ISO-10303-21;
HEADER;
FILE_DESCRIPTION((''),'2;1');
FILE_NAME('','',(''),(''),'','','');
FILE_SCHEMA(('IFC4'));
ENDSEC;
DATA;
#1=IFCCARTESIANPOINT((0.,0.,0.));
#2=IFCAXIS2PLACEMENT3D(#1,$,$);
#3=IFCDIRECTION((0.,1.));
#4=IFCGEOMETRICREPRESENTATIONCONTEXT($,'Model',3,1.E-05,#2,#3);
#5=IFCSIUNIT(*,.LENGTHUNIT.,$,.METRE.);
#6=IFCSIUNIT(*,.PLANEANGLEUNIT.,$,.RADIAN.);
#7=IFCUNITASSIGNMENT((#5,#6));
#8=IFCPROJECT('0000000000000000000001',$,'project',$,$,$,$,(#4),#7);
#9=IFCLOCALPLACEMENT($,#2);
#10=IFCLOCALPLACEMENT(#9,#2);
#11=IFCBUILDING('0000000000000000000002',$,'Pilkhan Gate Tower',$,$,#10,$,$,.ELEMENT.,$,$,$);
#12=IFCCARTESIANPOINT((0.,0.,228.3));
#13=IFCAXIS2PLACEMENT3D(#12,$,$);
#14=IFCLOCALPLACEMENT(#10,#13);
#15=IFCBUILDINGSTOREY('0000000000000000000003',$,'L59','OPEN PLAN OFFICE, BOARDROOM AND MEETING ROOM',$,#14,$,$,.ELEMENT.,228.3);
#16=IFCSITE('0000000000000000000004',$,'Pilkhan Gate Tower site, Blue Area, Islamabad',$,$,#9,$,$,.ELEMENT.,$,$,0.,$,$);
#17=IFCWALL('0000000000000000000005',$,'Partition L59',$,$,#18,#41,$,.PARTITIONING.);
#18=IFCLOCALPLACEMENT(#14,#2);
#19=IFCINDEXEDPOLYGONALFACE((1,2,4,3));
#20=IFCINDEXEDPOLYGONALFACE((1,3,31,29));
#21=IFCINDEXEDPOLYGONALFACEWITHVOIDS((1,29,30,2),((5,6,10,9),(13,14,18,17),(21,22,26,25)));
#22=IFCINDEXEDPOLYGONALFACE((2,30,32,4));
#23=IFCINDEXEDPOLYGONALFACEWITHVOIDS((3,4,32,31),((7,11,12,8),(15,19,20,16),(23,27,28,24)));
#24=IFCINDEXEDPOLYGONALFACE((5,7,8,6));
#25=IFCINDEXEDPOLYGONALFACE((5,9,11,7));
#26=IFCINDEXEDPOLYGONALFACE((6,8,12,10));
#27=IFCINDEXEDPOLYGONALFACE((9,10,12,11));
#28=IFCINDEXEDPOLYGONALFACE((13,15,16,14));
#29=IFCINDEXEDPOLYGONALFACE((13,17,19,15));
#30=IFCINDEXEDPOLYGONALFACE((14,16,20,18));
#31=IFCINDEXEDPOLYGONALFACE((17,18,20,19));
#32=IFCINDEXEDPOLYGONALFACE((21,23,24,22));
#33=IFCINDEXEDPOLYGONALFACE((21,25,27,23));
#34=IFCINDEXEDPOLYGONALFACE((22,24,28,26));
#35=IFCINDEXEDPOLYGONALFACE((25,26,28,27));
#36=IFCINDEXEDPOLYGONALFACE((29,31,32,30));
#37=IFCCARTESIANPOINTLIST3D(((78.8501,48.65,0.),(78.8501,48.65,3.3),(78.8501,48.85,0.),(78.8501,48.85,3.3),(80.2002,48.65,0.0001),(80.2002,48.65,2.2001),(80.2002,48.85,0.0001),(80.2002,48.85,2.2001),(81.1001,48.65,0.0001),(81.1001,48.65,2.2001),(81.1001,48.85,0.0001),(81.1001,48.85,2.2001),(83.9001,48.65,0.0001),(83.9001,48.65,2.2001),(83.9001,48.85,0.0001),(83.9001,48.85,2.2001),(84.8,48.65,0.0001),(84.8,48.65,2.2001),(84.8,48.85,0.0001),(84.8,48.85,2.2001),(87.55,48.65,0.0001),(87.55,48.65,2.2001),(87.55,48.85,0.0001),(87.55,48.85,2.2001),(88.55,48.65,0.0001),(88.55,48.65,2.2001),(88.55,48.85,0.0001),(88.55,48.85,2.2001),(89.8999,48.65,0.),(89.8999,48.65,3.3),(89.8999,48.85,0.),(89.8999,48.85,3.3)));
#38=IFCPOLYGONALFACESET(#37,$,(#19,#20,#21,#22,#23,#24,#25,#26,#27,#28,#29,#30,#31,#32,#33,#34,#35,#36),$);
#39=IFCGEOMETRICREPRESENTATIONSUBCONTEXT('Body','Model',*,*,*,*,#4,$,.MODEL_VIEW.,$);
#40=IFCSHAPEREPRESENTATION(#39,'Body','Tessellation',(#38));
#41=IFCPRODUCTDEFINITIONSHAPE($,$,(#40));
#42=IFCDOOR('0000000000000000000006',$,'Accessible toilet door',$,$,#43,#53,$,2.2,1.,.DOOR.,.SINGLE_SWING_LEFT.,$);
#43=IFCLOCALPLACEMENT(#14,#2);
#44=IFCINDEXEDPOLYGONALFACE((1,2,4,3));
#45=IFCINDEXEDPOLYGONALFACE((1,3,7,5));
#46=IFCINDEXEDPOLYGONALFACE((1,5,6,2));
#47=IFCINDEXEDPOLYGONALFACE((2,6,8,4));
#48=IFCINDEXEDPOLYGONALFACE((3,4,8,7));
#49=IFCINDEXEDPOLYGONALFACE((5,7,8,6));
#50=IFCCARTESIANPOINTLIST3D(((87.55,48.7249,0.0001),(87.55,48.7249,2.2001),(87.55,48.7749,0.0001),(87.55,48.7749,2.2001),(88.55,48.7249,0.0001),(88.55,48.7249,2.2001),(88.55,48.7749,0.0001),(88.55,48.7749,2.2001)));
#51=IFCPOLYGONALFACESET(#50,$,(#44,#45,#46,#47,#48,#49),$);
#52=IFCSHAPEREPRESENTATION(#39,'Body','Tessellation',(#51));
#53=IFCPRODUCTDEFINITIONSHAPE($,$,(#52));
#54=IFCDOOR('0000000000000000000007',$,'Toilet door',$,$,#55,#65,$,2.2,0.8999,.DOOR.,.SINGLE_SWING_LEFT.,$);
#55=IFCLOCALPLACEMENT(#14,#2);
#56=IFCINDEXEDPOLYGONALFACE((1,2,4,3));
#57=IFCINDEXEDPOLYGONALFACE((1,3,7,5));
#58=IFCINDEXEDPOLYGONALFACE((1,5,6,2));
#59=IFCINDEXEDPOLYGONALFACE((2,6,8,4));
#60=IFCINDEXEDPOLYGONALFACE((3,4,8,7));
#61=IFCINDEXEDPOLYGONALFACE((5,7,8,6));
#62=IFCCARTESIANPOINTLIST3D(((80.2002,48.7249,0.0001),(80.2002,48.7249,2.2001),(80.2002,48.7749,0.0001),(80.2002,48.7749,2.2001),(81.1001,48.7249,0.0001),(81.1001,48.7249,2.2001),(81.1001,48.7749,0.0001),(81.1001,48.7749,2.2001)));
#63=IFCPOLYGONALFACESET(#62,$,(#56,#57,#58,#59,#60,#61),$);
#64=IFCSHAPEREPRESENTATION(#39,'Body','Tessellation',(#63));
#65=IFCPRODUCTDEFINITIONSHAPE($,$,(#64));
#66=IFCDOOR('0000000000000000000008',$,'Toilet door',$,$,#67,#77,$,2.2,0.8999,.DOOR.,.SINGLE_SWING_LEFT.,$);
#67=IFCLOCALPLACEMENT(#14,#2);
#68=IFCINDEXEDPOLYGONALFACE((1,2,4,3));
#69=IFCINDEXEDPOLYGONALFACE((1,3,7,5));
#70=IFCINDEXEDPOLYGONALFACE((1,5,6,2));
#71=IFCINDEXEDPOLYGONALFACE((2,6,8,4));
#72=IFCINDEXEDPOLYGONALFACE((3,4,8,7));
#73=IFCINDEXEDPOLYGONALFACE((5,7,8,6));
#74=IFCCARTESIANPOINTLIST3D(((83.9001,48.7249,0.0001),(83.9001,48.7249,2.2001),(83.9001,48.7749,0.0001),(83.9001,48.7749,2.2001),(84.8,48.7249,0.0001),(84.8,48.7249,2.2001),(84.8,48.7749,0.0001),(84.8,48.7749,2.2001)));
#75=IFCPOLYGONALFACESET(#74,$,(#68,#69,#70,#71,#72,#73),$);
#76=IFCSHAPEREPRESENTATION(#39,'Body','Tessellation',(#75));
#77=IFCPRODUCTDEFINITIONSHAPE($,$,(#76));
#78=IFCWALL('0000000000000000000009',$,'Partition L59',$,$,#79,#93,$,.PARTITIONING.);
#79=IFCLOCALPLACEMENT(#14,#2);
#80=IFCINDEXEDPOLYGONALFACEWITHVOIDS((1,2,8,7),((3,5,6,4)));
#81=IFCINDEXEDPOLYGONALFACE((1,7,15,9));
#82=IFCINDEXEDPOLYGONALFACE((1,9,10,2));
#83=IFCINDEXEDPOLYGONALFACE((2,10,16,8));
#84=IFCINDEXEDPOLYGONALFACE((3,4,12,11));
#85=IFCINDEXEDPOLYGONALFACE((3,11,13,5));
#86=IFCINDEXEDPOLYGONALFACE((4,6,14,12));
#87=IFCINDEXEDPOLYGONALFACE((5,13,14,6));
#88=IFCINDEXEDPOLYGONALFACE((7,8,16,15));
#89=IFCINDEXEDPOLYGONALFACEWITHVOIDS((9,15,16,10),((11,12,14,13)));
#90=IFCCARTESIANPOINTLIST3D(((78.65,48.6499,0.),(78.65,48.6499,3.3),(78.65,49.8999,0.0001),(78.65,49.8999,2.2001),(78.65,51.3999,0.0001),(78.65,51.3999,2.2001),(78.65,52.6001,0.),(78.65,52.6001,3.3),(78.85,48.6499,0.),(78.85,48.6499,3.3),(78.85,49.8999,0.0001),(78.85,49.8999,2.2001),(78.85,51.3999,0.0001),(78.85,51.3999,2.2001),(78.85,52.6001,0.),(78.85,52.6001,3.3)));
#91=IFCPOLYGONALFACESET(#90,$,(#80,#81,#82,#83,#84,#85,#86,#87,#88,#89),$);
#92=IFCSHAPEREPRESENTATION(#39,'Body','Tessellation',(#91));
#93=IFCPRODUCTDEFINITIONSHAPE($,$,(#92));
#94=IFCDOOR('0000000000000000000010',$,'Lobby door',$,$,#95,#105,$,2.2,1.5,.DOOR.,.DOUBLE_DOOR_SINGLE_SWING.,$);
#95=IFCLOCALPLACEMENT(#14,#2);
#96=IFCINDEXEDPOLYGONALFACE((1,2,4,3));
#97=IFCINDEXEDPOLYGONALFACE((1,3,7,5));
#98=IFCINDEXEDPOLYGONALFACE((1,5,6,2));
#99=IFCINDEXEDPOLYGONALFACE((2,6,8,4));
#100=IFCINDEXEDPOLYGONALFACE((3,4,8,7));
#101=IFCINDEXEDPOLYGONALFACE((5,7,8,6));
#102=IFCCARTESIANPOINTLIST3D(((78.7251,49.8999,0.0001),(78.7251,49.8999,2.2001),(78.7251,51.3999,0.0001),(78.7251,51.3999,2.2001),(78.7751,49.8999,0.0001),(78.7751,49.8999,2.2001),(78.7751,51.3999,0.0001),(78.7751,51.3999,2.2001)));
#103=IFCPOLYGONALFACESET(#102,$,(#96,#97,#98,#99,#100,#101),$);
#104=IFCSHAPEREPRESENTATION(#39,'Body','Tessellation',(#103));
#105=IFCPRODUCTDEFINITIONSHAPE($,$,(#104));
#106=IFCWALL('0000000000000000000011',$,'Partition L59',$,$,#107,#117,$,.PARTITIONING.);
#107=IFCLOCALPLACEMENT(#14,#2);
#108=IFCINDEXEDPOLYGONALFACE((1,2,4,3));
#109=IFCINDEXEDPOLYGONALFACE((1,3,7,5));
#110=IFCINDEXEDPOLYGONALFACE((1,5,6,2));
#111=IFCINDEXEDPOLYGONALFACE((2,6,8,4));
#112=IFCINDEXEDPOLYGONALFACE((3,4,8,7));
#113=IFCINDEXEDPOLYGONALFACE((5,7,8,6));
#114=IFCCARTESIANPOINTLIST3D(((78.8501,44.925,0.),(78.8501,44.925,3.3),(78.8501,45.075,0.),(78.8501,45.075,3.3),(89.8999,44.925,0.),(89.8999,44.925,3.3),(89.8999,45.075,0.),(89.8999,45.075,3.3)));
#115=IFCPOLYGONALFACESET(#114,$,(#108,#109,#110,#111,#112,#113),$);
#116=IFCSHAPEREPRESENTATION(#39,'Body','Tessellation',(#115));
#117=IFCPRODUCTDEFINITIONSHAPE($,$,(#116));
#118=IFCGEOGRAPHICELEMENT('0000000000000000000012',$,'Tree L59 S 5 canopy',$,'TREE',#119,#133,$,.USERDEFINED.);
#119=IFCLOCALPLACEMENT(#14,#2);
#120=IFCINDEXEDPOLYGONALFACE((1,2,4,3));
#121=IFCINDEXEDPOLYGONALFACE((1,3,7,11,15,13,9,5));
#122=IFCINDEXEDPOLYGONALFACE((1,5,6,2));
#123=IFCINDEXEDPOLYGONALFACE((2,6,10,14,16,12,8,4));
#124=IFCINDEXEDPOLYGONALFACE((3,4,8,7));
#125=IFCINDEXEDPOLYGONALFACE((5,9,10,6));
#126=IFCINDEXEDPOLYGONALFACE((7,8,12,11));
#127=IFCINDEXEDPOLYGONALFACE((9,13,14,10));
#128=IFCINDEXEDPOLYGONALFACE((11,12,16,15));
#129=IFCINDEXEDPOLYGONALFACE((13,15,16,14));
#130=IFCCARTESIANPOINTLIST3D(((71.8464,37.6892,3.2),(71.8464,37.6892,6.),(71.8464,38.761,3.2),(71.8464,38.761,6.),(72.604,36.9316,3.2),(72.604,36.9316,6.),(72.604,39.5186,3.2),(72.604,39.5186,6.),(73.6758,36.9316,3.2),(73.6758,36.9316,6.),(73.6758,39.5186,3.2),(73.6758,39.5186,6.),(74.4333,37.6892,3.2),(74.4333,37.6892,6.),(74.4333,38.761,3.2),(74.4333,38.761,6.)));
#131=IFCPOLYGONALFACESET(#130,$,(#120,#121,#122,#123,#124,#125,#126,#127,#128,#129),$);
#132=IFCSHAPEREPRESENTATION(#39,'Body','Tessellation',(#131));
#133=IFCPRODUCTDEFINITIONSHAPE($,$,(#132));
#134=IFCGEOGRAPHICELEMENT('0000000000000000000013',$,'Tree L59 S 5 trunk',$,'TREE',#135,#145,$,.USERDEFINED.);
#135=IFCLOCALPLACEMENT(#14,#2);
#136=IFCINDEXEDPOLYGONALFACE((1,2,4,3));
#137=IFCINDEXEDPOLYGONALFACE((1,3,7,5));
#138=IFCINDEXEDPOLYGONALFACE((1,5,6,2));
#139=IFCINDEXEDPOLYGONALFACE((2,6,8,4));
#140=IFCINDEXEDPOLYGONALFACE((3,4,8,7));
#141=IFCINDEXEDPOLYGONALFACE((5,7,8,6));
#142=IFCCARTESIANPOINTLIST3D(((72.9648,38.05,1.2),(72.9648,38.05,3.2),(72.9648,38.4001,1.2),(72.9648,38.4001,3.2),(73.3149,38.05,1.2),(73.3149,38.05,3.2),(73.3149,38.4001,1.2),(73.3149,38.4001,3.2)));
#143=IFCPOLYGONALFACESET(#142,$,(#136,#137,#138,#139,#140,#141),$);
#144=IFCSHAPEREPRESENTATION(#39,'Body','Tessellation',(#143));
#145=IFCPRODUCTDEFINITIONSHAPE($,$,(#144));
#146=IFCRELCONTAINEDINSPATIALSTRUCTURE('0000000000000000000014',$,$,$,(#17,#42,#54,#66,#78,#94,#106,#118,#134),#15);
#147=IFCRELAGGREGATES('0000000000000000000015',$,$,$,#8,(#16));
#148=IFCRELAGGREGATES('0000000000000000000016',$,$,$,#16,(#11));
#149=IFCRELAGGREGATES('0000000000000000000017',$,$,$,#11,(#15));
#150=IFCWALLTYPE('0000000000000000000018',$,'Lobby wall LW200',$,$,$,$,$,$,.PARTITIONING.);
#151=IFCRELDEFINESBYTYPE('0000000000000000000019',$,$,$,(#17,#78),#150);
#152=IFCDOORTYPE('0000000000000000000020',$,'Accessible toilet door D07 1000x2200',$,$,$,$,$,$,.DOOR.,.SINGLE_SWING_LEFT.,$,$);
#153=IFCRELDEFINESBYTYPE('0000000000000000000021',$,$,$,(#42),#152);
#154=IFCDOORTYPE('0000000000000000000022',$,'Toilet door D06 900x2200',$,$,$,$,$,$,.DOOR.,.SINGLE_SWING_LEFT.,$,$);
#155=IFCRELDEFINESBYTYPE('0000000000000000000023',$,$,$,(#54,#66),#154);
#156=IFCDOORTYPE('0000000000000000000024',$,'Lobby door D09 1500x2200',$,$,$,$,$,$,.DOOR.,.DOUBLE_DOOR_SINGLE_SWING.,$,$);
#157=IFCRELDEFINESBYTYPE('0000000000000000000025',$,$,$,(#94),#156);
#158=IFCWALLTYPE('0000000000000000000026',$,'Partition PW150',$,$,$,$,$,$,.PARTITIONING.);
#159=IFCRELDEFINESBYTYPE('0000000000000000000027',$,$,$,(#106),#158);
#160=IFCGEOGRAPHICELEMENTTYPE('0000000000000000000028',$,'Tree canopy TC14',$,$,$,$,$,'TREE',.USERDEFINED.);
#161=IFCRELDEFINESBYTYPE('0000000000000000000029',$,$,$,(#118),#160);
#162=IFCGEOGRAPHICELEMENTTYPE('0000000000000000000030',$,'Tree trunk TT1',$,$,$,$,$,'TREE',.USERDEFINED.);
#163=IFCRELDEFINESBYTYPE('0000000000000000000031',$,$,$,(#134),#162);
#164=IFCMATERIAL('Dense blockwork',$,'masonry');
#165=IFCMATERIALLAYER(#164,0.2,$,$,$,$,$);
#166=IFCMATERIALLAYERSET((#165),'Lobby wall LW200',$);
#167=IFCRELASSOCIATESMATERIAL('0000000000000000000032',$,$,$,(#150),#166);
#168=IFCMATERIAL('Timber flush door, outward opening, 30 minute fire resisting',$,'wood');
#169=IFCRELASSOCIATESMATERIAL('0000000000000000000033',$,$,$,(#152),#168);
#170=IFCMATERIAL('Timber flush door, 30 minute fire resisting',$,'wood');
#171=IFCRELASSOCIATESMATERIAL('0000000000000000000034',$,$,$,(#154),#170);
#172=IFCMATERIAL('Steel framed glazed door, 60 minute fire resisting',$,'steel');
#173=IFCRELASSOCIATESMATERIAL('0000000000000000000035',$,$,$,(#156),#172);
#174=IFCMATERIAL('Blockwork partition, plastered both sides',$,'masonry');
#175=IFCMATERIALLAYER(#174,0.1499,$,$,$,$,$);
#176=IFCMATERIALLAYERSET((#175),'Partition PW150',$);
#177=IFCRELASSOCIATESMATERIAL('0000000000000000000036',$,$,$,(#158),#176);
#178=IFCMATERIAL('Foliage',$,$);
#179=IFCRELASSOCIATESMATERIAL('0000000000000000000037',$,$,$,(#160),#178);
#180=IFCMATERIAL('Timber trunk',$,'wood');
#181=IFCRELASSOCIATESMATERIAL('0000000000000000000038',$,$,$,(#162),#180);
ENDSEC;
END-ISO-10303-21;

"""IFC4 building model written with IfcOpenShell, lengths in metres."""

from ifc_helpers import new_model, si_unit, direction, frame, frame_2d, origin, origin_2d, place, context, subcontext, project, spatial, polyline, rectangle, outline, extrude, material, layer, layer_set, material_profile, profile_set, type_object, element, fill, save


model = new_model("IFC4")

# Units and contexts
model_context = context("Model", 3, precision=1e-05, world=origin(), true_north=direction((0.0, 1.0)))
body_context = subcontext(model_context, "Body", "Model", "MODEL_VIEW")
ifc_project = project(units=[si_unit("LENGTHUNIT", "METRE"), si_unit("PLANEANGLEUNIT", "RADIAN")], contexts=[model_context])

# Site, building, storey
site_placement = place(None, origin())
site = spatial("IfcSite", under=ifc_project, at=site_placement, Name="Pilkhan Gate Tower site, Blue Area, Islamabad", CompositionType="ELEMENT", RefElevation=0.0)
building_placement = place(site_placement, origin())
building = spatial("IfcBuilding", under=site, at=building_placement, Name="Pilkhan Gate Tower", CompositionType="ELEMENT")
storey_placement = place(building_placement, frame((0.0, 0.0, 228.3)))
storey = spatial("IfcBuildingStorey", under=building, at=storey_placement, Name="L59", Description="OPEN PLAN OFFICE, BOARDROOM AND MEETING ROOM", CompositionType="ELEMENT", Elevation=228.3)

# Shared definitions
ifc_material_1 = material(Name="Dense blockwork", Category="masonry")
ifc_material_2 = material(Name="Timber flush door, 30 minute fire resisting", Category="wood")

# Wall, openings, doors
ifc_layer_1 = layer(ifc_material_1, 0.2)
ifc_layer_set_1 = layer_set([ifc_layer_1], Name="Lobby wall LW200")
wall_type_1 = type_object("IfcWallType", Name="Lobby wall LW200", PredefinedType="PARTITIONING", material=ifc_layer_set_1)
wall_1_placement = place(storey_placement, frame((78.8501, 48.75, 0.0), z_axis=(0.0, 0.0, 1.0), x_axis=(1.0, 0.0, 0.0)))
wall_1 = element("IfcWall", 1, at=wall_1_placement, inside=storey, type_object=wall_type_1, Name="Partition L59", PredefinedType="PARTITIONING", context=body_context, shape_type="SweptSolid", body=[
    extrude(rectangle(XDim=11.0498, YDim=0.2, at=frame_2d((5.5249, 0.0))), origin(), (0.0, 0.0, 1.0), 3.3),
])
opening_1_placement = place(wall_1_placement, frame((1.3501, 0.0, 0.0)))
opening_1 = element("IfcOpeningElement", 2, at=opening_1_placement, cuts=wall_1, PredefinedType="OPENING", context=body_context, shape_type="SweptSolid", body=[
    extrude(rectangle(XDim=0.8999, YDim=2.2, at=frame_2d((0.45, 1.1001))), frame((0.0, 0.1099, 0.0), z_axis=(0.0, -1.0, 0.0), x_axis=(1.0, 0.0, 0.0)), (0.0, 0.0, 1.0), 0.22),
])
opening_2_placement = place(wall_1_placement, frame((5.05, 0.0, 0.0)))
opening_2 = element("IfcOpeningElement", 3, at=opening_2_placement, cuts=wall_1, PredefinedType="OPENING", context=body_context, shape_type="SweptSolid", body=[
    extrude(rectangle(XDim=0.8999, YDim=2.2, at=frame_2d((0.45, 1.1001))), frame((0.0, 0.1099, 0.0), z_axis=(0.0, -1.0, 0.0), x_axis=(1.0, 0.0, 0.0)), (0.0, 0.0, 1.0), 0.22),
])
opening_3_placement = place(wall_1_placement, frame((8.7, 0.0, 0.0)))
opening_3 = element("IfcOpeningElement", 4, at=opening_3_placement, cuts=wall_1, PredefinedType="OPENING", context=body_context, shape_type="SweptSolid", body=[
    extrude(rectangle(XDim=1.0, YDim=2.2, at=frame_2d((0.5, 1.1001))), frame((0.0, 0.1099, 0.0), z_axis=(0.0, -1.0, 0.0), x_axis=(1.0, 0.0, 0.0)), (0.0, 0.0, 1.0), 0.22),
])
ifc_material_3 = material(Name="Timber flush door, outward opening, 30 minute fire resisting", Category="wood")
door_type_1 = type_object("IfcDoorType", Name="Accessible toilet door D07 1000x2200", OperationType="SINGLE_SWING_LEFT", PredefinedType="DOOR", material=ifc_material_3)
door_1_placement = place(opening_3_placement, origin())
door_1 = element("IfcDoor", 5, at=door_1_placement, inside=storey, type_object=door_type_1, Name="Accessible toilet door", OperationType="SINGLE_SWING_LEFT", OverallHeight=2.2, OverallWidth=1.0, PredefinedType="DOOR", context=body_context, shape_type="SweptSolid", body=[
    extrude(rectangle(XDim=1.0, YDim=2.2, at=frame_2d((0.5, 1.1001))), frame((0.0, 0.0249, 0.0), z_axis=(0.0, -1.0, 0.0), x_axis=(1.0, 0.0, 0.0)), (0.0, 0.0, 1.0), 0.05),
])
fill(opening_3, door_1)
door_type_2 = type_object("IfcDoorType", Name="Toilet door D06 900x2200", OperationType="SINGLE_SWING_LEFT", PredefinedType="DOOR", material=ifc_material_2)
door_2_placement = place(opening_1_placement, origin())
door_2 = element("IfcDoor", 6, at=door_2_placement, inside=storey, type_object=door_type_2, Name="Toilet door", OperationType="SINGLE_SWING_LEFT", OverallHeight=2.2, OverallWidth=0.8999, PredefinedType="DOOR", context=body_context, shape_type="SweptSolid", body=[
    extrude(rectangle(XDim=0.8999, YDim=2.2, at=frame_2d((0.45, 1.1001))), frame((0.0, 0.0249, 0.0), z_axis=(0.0, -1.0, 0.0), x_axis=(1.0, 0.0, 0.0)), (0.0, 0.0, 1.0), 0.05),
])
fill(opening_1, door_2)
door_3_placement = place(opening_2_placement, origin())
door_3 = element("IfcDoor", 7, at=door_3_placement, inside=storey, type_object=door_type_2, Name="Toilet door", OperationType="SINGLE_SWING_LEFT", OverallHeight=2.2, OverallWidth=0.8999, PredefinedType="DOOR", context=body_context, shape_type="SweptSolid", body=[
    extrude(rectangle(XDim=0.8999, YDim=2.2, at=frame_2d((0.45, 1.1001))), frame((0.0, 0.0249, 0.0), z_axis=(0.0, -1.0, 0.0), x_axis=(1.0, 0.0, 0.0)), (0.0, 0.0, 1.0), 0.05),
])
fill(opening_2, door_3)

# Wall, opening, door
wall_2_placement = place(storey_placement, frame((78.75, 48.6499, 0.0), z_axis=(0.0, 0.0, 1.0), x_axis=(0.0, 1.0, 0.0)))
wall_2 = element("IfcWall", 8, at=wall_2_placement, inside=storey, type_object=wall_type_1, Name="Partition L59", PredefinedType="PARTITIONING", context=body_context, shape_type="SweptSolid", body=[
    extrude(rectangle(XDim=3.9502, YDim=0.2, at=frame_2d((1.9751, 0.0))), origin(), (0.0, 0.0, 1.0), 3.3),
])
opening_4_placement = place(wall_2_placement, frame((1.25, 0.0, 0.0)))
opening_4 = element("IfcOpeningElement", 9, at=opening_4_placement, cuts=wall_2, PredefinedType="OPENING", context=body_context, shape_type="SweptSolid", body=[
    extrude(rectangle(XDim=1.5, YDim=2.2, at=frame_2d((0.75, 1.1001))), frame((0.0, 0.1099, 0.0), z_axis=(0.0, -1.0, 0.0), x_axis=(1.0, 0.0, 0.0)), (0.0, 0.0, 1.0), 0.22),
])
ifc_material_4 = material(Name="Steel framed glazed door, 60 minute fire resisting", Category="steel")
door_type_3 = type_object("IfcDoorType", Name="Lobby door D09 1500x2200", OperationType="DOUBLE_DOOR_SINGLE_SWING", PredefinedType="DOOR", material=ifc_material_4)
door_4_placement = place(opening_4_placement, origin())
door_4 = element("IfcDoor", 10, at=door_4_placement, inside=storey, type_object=door_type_3, Name="Lobby door", OperationType="DOUBLE_DOOR_SINGLE_SWING", OverallHeight=2.2, OverallWidth=1.5, PredefinedType="DOOR", context=body_context, shape_type="SweptSolid", body=[
    extrude(rectangle(XDim=1.5, YDim=2.2, at=frame_2d((0.75, 1.1001))), frame((0.0, 0.0249, 0.0), z_axis=(0.0, -1.0, 0.0), x_axis=(1.0, 0.0, 0.0)), (0.0, 0.0, 1.0), 0.05),
])
fill(opening_4, door_4)

# Wall
ifc_material_5 = material(Name="Blockwork partition, plastered both sides", Category="masonry")
ifc_layer_2 = layer(ifc_material_5, 0.1499)
ifc_layer_set_2 = layer_set([ifc_layer_2], Name="Partition PW150")
wall_type_2 = type_object("IfcWallType", Name="Partition PW150", PredefinedType="PARTITIONING", material=ifc_layer_set_2)
wall_3_placement = place(storey_placement, frame((78.8501, 45.0, 0.0), z_axis=(0.0, 0.0, 1.0), x_axis=(1.0, 0.0, 0.0)))
element("IfcWall", 11, at=wall_3_placement, inside=storey, type_object=wall_type_2, Name="Partition L59", PredefinedType="PARTITIONING", context=body_context, shape_type="SweptSolid", body=[
    extrude(rectangle(XDim=11.0498, YDim=0.1499, at=frame_2d((5.5249, 0.0))), origin(), (0.0, 0.0, 1.0), 3.3),
])

# Geographic elements
ifc_material_6 = material(Name="Foliage")
ifc_material_profile_1 = material_profile(ifc_material_6, outline(polyline([(1.2935, 0.5359), (0.5359, 1.2935), (-0.5359, 1.2935), (-1.2935, 0.5359), (-1.2935, -0.5359), (-0.5359, -1.2935), (0.5359, -1.2935), (1.2935, -0.5359), (1.2935, 0.5359)])), Name="Canopy D2.8")
ifc_profile_set_1 = profile_set([ifc_material_profile_1], Name="Foliage")
geographic_element_type_1 = type_object("IfcGeographicElementType", Name="Tree canopy TC14", ElementType="TREE", PredefinedType="USERDEFINED", material=ifc_profile_set_1)
geographic_element_1_placement = place(storey_placement, frame((73.1399, 38.2251, 3.2), z_axis=(0.0, 0.0, 1.0), x_axis=(1.0, 0.0, 0.0)))
element("IfcGeographicElement", 12, at=geographic_element_1_placement, inside=storey, type_object=geographic_element_type_1, Name="Tree L59 S 5 canopy", ObjectType="TREE", PredefinedType="USERDEFINED", context=body_context, shape_type="SweptSolid", body=[
    extrude(outline(polyline([(1.2935, 0.5359), (0.5359, 1.2935), (-0.5359, 1.2935), (-1.2935, 0.5359), (-1.2935, -0.5359), (-0.5359, -1.2935), (0.5359, -1.2935), (1.2935, -0.5359), (1.2935, 0.5359)])), origin(), (0.0, 0.0, 1.0), 2.8),
])
ifc_material_7 = material(Name="Timber trunk", Category="wood")
geographic_element_type_2 = type_object("IfcGeographicElementType", Name="Tree trunk TT1", ElementType="TREE", PredefinedType="USERDEFINED", material=ifc_material_7)
geographic_element_2_placement = place(storey_placement, frame((73.1399, 38.2251, 1.2), z_axis=(0.0, 0.0, 1.0), x_axis=(1.0, 0.0, 0.0)))
element("IfcGeographicElement", 13, at=geographic_element_2_placement, inside=storey, type_object=geographic_element_type_2, Name="Tree L59 S 5 trunk", ObjectType="TREE", PredefinedType="USERDEFINED", context=body_context, shape_type="SweptSolid", body=[
    extrude(rectangle(XDim=0.3501, YDim=0.3501, at=origin_2d()), origin(), (0.0, 0.0, 1.0), 2.0),
])

save(model, "model.ifc")
